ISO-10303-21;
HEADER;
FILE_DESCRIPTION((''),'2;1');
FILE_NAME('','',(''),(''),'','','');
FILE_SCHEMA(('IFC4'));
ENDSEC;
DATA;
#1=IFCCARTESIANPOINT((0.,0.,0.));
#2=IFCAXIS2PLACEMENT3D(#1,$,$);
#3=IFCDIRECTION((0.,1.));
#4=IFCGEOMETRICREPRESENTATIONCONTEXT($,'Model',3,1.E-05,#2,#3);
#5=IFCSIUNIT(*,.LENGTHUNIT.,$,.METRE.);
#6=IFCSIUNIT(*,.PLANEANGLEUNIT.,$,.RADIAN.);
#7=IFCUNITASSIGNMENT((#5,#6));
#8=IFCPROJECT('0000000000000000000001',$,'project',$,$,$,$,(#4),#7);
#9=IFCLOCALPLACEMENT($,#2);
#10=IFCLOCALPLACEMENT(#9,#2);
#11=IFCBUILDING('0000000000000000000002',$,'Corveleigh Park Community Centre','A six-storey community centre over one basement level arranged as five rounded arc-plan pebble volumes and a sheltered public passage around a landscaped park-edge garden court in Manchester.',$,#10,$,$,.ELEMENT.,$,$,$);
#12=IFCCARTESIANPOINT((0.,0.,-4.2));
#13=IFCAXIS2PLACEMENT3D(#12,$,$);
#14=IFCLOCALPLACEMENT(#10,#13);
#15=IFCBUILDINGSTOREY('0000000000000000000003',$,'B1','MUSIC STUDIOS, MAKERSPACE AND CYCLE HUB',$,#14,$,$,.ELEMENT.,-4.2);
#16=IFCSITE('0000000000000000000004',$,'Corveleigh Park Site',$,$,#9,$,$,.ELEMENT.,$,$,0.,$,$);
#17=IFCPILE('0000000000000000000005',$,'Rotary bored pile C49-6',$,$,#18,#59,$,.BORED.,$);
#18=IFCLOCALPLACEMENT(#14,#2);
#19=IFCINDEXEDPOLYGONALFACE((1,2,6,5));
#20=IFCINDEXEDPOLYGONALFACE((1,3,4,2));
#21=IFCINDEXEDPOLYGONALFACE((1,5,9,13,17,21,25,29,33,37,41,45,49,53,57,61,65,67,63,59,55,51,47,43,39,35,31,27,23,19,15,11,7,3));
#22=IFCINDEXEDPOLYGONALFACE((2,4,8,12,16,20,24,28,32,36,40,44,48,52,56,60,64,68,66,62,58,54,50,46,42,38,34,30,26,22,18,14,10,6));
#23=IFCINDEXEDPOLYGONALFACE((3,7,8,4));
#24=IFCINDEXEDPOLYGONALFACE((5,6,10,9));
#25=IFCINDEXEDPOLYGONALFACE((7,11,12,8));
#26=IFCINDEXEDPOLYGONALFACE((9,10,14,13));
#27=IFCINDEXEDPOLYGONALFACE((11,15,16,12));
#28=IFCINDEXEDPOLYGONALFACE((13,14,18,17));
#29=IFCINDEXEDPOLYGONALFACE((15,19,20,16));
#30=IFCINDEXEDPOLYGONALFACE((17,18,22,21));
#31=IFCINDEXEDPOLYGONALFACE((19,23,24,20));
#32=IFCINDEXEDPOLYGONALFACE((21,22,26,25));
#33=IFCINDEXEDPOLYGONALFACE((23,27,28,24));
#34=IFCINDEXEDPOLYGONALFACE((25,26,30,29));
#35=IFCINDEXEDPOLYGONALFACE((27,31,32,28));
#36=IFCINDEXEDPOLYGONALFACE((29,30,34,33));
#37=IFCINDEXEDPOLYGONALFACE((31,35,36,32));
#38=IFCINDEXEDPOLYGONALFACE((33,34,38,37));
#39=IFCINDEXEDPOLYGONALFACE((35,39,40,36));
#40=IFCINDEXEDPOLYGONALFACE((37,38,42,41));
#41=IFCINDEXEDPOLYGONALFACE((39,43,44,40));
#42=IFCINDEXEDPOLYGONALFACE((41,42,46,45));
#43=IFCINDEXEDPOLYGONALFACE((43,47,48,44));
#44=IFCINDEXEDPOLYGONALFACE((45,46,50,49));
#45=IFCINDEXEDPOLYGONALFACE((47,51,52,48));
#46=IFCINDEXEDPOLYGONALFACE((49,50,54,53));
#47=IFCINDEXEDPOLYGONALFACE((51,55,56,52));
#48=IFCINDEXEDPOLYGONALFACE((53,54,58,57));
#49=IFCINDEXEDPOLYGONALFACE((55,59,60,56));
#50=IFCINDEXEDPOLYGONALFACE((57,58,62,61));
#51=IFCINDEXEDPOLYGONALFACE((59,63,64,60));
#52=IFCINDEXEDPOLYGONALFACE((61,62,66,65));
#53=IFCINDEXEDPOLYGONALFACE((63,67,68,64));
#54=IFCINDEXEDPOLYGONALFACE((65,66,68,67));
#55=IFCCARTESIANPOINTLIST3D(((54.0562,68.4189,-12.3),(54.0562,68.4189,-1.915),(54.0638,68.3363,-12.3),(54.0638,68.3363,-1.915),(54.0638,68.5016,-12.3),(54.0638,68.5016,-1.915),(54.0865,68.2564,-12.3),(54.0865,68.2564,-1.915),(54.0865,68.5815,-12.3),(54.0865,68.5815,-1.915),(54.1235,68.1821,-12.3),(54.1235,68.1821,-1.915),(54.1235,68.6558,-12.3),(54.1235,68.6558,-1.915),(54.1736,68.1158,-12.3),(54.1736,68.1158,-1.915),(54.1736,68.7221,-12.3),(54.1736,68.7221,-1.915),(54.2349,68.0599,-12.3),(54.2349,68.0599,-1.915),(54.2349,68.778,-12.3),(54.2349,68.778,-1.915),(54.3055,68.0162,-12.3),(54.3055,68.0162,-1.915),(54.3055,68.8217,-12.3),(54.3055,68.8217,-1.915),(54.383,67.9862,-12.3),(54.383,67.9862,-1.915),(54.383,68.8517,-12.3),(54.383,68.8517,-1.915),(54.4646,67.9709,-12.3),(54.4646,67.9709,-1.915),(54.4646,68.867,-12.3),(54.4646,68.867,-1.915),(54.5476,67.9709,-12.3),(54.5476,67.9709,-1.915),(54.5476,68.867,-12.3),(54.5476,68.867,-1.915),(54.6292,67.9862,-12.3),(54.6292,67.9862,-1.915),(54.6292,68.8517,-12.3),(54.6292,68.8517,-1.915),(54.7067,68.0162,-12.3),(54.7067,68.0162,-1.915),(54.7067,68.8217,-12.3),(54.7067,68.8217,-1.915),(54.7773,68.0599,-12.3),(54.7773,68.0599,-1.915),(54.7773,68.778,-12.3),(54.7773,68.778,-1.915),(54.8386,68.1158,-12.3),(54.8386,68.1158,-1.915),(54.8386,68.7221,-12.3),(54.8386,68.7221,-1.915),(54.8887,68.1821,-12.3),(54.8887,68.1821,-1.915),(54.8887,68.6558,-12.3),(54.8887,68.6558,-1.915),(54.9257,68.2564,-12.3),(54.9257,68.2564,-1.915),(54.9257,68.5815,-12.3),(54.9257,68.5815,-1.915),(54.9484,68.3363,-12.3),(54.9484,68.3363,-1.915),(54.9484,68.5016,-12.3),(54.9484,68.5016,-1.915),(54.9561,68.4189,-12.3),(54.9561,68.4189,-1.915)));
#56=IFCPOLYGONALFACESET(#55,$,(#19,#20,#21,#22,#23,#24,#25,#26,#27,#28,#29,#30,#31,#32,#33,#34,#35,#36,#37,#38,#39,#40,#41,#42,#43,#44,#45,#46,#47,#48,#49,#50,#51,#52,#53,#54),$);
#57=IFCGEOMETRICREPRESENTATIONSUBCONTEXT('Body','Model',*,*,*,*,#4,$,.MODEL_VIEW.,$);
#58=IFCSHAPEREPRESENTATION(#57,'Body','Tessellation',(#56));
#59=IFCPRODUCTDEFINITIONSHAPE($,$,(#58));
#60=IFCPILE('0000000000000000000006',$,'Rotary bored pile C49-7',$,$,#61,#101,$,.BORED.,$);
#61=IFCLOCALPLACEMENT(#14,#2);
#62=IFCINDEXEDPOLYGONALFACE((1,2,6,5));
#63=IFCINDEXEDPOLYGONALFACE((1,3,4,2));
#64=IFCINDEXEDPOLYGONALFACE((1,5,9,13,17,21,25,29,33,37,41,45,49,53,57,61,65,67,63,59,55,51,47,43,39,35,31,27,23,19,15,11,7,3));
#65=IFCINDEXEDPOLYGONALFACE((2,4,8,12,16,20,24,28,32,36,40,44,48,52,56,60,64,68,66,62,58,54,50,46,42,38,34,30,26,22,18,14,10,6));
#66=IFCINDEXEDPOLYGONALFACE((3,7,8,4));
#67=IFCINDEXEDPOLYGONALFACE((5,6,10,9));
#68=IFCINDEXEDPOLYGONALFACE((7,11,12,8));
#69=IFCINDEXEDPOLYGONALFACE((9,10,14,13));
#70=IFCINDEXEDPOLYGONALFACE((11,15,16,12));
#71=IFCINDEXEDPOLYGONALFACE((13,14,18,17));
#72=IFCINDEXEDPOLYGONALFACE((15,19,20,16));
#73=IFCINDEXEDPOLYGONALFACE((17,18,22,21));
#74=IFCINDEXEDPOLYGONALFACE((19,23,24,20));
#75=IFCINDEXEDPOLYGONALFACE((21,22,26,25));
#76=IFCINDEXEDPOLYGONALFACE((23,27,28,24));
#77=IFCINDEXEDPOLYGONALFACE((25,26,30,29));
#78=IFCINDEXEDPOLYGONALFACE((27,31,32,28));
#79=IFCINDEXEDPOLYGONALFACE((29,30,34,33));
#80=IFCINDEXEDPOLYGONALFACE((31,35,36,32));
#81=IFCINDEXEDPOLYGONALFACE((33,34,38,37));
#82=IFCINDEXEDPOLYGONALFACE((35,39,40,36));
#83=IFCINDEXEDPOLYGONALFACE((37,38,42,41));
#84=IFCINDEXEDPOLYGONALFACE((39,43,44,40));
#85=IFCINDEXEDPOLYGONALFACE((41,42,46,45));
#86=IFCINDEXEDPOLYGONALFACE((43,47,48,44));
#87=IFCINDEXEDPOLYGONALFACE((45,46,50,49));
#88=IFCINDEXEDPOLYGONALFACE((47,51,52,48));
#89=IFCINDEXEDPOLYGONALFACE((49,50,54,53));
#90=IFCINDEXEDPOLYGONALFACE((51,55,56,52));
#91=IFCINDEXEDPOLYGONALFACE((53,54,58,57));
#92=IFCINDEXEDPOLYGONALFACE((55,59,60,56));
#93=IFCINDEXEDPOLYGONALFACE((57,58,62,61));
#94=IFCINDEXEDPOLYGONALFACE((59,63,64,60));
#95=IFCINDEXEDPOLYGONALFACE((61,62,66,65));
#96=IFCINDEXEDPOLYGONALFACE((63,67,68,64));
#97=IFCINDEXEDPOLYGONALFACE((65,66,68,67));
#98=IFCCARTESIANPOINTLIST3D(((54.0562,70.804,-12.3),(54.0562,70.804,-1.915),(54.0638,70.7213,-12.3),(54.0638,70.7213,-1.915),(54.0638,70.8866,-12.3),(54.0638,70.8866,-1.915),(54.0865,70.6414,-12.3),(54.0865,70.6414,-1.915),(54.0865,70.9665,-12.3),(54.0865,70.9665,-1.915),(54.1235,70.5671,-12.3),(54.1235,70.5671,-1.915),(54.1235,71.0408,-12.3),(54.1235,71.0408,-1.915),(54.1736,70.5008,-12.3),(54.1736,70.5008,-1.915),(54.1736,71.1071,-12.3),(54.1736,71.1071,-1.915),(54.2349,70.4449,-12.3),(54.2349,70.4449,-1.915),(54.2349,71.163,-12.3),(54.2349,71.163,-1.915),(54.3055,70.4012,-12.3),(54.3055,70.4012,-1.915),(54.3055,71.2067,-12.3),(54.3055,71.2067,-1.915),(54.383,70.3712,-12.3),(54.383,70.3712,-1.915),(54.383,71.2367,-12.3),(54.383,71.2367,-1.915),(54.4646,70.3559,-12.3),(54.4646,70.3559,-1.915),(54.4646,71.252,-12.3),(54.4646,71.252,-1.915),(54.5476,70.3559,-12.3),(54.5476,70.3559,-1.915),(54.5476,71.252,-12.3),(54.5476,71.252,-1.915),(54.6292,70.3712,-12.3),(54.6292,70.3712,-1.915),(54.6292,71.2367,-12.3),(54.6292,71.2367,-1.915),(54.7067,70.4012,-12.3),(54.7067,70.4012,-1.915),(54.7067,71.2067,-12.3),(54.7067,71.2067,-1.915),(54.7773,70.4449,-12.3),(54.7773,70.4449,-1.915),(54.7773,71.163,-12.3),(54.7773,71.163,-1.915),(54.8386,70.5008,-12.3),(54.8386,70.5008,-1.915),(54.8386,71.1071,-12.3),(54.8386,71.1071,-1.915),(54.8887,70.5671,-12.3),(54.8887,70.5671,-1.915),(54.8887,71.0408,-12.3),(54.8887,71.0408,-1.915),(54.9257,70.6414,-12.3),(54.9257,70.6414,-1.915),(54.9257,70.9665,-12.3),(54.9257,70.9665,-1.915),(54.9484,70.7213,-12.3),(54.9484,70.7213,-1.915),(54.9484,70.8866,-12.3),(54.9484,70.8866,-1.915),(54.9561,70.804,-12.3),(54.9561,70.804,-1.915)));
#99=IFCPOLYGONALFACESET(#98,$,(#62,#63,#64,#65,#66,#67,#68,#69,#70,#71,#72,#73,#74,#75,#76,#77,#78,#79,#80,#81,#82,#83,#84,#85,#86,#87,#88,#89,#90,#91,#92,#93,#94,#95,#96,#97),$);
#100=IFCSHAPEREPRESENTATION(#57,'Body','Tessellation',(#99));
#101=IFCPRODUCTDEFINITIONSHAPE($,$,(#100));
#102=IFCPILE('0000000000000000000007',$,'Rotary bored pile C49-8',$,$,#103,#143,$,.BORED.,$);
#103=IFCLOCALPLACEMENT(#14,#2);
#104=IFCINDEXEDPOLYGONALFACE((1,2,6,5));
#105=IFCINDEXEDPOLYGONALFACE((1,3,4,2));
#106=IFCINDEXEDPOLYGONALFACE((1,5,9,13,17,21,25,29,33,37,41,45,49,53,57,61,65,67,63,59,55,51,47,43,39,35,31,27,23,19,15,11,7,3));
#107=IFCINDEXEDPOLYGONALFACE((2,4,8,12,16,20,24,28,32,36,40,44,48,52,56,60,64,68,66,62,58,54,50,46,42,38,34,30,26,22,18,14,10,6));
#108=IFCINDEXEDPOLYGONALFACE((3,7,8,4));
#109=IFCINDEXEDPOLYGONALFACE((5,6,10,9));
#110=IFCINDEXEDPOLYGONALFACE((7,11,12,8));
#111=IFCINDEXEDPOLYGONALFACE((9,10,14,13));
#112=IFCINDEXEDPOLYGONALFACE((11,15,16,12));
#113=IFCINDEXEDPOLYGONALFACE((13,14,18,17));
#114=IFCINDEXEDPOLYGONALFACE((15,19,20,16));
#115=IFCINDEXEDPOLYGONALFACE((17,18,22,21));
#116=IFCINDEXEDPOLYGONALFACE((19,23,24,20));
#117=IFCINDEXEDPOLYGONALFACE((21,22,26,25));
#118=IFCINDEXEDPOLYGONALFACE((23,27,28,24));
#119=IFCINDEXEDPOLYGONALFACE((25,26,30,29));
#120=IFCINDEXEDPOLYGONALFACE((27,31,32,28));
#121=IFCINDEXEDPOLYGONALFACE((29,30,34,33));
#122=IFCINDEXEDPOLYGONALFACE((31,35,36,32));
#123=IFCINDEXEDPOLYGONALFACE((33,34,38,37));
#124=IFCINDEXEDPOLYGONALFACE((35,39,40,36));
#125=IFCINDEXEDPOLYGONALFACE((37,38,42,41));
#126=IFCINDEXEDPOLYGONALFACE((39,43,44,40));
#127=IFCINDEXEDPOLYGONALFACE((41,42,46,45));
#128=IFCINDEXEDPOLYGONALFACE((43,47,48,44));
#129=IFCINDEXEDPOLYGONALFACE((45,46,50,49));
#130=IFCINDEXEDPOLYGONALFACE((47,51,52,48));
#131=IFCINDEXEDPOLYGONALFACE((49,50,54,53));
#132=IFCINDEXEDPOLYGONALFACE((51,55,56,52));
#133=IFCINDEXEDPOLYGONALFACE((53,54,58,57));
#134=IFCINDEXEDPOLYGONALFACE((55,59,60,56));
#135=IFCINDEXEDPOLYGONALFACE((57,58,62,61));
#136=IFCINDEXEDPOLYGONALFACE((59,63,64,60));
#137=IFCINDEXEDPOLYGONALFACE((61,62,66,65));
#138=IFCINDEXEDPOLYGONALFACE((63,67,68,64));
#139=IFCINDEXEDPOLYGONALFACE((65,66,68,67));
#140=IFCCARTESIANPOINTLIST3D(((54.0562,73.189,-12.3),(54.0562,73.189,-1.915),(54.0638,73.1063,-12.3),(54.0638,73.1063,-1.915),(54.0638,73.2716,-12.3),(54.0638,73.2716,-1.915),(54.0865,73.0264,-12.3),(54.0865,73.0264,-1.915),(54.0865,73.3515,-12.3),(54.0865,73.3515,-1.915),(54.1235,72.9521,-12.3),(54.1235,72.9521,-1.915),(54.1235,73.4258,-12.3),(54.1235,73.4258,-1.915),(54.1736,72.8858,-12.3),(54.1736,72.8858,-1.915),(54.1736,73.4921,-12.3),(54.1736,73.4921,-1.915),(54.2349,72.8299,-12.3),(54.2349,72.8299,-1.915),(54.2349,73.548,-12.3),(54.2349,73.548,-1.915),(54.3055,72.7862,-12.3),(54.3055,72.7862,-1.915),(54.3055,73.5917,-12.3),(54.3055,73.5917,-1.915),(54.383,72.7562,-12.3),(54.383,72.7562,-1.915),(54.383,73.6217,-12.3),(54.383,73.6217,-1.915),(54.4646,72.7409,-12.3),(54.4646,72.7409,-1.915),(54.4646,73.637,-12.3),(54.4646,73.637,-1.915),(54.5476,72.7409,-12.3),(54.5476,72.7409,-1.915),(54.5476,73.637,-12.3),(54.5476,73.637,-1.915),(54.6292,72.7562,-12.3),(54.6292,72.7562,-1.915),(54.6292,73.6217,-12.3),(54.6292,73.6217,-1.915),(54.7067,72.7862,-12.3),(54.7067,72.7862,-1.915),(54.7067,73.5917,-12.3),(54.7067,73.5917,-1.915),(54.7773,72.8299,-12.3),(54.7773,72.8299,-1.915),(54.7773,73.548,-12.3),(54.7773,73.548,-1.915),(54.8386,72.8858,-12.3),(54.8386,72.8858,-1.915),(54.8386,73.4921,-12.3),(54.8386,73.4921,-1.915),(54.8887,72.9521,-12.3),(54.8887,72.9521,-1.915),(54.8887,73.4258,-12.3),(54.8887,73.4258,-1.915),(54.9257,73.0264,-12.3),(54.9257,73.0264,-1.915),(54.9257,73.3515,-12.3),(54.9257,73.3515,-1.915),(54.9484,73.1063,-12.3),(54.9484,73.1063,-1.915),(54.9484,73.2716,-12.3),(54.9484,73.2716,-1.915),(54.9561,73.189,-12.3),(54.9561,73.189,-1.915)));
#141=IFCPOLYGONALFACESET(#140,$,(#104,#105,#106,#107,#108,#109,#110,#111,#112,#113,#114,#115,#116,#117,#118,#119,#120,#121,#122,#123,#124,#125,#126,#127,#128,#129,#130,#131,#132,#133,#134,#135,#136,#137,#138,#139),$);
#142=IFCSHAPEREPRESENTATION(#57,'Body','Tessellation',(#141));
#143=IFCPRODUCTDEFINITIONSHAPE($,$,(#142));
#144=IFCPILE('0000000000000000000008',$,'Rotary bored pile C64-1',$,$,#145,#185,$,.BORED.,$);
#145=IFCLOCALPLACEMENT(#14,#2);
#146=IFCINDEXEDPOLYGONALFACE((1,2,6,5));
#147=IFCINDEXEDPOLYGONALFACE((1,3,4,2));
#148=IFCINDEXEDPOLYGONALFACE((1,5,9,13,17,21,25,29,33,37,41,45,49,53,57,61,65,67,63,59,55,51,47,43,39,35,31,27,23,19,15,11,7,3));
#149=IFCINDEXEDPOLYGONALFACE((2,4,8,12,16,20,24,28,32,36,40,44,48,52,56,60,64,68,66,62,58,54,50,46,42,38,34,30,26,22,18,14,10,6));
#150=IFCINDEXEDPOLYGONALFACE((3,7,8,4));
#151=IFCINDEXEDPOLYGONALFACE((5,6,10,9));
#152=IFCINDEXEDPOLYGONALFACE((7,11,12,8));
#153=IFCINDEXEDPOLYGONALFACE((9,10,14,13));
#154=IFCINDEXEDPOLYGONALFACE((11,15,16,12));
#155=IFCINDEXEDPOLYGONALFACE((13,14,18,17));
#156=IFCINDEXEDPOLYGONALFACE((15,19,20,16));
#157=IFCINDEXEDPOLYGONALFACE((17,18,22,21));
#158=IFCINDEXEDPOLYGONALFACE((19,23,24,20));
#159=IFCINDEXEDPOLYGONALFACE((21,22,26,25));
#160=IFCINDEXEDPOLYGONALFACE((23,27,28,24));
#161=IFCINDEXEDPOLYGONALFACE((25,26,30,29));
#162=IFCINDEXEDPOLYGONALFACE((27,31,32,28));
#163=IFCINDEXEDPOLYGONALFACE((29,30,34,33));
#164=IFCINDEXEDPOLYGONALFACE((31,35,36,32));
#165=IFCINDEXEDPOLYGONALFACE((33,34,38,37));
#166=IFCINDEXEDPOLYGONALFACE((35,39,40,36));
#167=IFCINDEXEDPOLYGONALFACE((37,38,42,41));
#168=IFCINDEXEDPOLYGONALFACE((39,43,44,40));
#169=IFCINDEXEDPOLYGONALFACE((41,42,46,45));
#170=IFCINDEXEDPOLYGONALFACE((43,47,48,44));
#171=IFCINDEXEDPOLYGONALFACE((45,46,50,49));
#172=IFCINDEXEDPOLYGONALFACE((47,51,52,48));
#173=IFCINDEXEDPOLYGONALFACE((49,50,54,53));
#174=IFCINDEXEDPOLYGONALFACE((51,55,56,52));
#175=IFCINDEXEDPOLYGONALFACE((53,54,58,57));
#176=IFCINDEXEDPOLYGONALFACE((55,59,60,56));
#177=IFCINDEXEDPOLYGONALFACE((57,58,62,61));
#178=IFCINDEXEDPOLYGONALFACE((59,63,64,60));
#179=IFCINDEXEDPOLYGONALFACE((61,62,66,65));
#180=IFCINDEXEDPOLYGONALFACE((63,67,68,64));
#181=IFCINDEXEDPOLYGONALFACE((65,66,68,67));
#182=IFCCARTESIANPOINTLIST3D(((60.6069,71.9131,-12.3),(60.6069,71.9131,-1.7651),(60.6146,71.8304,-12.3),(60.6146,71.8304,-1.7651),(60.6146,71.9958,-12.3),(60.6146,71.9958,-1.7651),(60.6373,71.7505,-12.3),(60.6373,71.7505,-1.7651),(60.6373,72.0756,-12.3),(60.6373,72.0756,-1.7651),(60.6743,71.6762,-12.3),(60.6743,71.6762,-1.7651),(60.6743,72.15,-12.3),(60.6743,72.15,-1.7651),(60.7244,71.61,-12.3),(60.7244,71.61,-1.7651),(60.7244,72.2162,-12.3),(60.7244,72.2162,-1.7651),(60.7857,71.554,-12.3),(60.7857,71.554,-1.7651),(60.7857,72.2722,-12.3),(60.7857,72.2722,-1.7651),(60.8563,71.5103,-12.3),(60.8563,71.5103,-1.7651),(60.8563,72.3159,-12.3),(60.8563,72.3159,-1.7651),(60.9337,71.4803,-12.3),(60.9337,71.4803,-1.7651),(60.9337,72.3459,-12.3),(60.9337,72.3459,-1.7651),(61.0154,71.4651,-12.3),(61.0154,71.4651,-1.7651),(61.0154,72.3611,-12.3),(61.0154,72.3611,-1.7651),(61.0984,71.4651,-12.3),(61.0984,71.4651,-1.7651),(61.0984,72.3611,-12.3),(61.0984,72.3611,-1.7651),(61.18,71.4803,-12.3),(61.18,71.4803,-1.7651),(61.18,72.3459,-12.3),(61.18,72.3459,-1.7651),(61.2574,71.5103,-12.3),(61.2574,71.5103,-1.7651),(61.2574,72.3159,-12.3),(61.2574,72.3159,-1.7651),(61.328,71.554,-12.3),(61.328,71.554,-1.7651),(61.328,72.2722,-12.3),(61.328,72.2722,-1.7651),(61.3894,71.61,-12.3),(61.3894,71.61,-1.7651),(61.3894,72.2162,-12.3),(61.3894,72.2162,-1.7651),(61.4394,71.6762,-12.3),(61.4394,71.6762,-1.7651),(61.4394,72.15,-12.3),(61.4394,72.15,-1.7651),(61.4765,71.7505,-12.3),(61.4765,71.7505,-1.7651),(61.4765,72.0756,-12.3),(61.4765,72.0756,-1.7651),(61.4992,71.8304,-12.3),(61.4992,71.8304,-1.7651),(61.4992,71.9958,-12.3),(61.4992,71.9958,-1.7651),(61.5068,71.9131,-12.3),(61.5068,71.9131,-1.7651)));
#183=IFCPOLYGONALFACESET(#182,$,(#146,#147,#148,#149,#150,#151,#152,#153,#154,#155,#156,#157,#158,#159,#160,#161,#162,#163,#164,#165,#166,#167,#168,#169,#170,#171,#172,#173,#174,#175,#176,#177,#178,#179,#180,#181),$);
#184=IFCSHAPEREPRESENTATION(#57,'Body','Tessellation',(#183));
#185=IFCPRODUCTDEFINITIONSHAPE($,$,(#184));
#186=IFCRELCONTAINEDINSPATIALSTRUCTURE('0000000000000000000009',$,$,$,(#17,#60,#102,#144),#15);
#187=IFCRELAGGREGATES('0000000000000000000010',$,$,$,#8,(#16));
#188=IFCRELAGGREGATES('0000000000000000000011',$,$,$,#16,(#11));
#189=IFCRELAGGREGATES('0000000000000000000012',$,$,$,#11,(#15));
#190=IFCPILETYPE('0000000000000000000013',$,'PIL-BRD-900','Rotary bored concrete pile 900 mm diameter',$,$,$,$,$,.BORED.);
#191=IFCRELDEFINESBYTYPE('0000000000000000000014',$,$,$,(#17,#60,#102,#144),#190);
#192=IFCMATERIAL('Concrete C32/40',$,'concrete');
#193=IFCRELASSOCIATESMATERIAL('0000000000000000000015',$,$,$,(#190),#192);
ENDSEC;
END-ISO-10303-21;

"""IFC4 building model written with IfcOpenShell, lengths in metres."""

from ifc_helpers import new_model, si_unit, direction, frame, origin, origin_2d, place, context, subcontext, project, spatial, circle, extrude, material, material_profile, profile_set, type_object, element, save


model = new_model("IFC4")

# Units and contexts
model_context = context("Model", 3, precision=1e-05, world=origin(), true_north=direction((0.0, 1.0)))
body_context = subcontext(model_context, "Body", "Model", "MODEL_VIEW")
ifc_project = project(units=[si_unit("LENGTHUNIT", "METRE"), si_unit("PLANEANGLEUNIT", "RADIAN")], contexts=[model_context])

# Site, building, storey
site_placement = place(None, origin())
site = spatial("IfcSite", under=ifc_project, at=site_placement, Name="Corveleigh Park Site", CompositionType="ELEMENT", RefElevation=0.0)
building_placement = place(site_placement, origin())
building = spatial("IfcBuilding", under=site, at=building_placement, Name="Corveleigh Park Community Centre", Description="A six-storey community centre over one basement level arranged as five rounded arc-plan pebble volumes and a sheltered public passage around a landscaped park-edge garden court in Manchester.", CompositionType="ELEMENT")
storey_placement = place(building_placement, frame((0.0, 0.0, -4.2)))
storey = spatial("IfcBuildingStorey", under=building, at=storey_placement, Name="B1", Description="MUSIC STUDIOS, MAKERSPACE AND CYCLE HUB", CompositionType="ELEMENT", Elevation=-4.2)

# Piles
ifc_material_1 = material(Name="Concrete C32/40", Category="concrete")
ifc_material_profile_1 = material_profile(ifc_material_1, circle(Radius=0.45, at=origin_2d()), Name="BORED-PILE-900", Category="concrete")
ifc_profile_set_1 = profile_set([ifc_material_profile_1], Name="Concrete C32/40")
pile_type_1 = type_object("IfcPileType", Name="PIL-BRD-900", Description="Rotary bored concrete pile 900 mm diameter", PredefinedType="BORED", material=ifc_profile_set_1)
for number, where, z_axis, x_axis, name in (
    (1, (54.5061, 68.4189, -1.915), (0.0, 0.0, -1.0), (1.0, 0.0, 0.0), "Rotary bored pile C49-6"),
    (2, (54.5061, 70.804, -1.915), (0.0, 0.0, -1.0), (1.0, 0.0, 0.0), "Rotary bored pile C49-7"),
    (3, (54.5061, 73.189, -1.915), (0.0, 0.0, -1.0), (1.0, 0.0, 0.0), "Rotary bored pile C49-8"),
):
    element("IfcPile", number, at=place(storey_placement, frame(where, z_axis=z_axis, x_axis=x_axis)), inside=storey, type_object=pile_type_1, Name=name, PredefinedType="BORED", context=body_context, shape_type="SweptSolid", body=[
        extrude(circle(Radius=0.45, at=origin_2d()), origin(), (0.0, 0.0, 1.0), 10.385),
    ])
for number, where, z_axis, x_axis, name in (
    (4, (61.0569, 71.9131, -1.7651), (0.0, 0.0, -1.0), (1.0, 0.0, 0.0), "Rotary bored pile C64-1"),
):
    element("IfcPile", number, at=place(storey_placement, frame(where, z_axis=z_axis, x_axis=x_axis)), inside=storey, type_object=pile_type_1, Name=name, PredefinedType="BORED", context=body_context, shape_type="SweptSolid", body=[
        extrude(circle(Radius=0.45, at=origin_2d()), origin(), (0.0, 0.0, 1.0), 10.5349),
    ])

save(model, "model.ifc")
